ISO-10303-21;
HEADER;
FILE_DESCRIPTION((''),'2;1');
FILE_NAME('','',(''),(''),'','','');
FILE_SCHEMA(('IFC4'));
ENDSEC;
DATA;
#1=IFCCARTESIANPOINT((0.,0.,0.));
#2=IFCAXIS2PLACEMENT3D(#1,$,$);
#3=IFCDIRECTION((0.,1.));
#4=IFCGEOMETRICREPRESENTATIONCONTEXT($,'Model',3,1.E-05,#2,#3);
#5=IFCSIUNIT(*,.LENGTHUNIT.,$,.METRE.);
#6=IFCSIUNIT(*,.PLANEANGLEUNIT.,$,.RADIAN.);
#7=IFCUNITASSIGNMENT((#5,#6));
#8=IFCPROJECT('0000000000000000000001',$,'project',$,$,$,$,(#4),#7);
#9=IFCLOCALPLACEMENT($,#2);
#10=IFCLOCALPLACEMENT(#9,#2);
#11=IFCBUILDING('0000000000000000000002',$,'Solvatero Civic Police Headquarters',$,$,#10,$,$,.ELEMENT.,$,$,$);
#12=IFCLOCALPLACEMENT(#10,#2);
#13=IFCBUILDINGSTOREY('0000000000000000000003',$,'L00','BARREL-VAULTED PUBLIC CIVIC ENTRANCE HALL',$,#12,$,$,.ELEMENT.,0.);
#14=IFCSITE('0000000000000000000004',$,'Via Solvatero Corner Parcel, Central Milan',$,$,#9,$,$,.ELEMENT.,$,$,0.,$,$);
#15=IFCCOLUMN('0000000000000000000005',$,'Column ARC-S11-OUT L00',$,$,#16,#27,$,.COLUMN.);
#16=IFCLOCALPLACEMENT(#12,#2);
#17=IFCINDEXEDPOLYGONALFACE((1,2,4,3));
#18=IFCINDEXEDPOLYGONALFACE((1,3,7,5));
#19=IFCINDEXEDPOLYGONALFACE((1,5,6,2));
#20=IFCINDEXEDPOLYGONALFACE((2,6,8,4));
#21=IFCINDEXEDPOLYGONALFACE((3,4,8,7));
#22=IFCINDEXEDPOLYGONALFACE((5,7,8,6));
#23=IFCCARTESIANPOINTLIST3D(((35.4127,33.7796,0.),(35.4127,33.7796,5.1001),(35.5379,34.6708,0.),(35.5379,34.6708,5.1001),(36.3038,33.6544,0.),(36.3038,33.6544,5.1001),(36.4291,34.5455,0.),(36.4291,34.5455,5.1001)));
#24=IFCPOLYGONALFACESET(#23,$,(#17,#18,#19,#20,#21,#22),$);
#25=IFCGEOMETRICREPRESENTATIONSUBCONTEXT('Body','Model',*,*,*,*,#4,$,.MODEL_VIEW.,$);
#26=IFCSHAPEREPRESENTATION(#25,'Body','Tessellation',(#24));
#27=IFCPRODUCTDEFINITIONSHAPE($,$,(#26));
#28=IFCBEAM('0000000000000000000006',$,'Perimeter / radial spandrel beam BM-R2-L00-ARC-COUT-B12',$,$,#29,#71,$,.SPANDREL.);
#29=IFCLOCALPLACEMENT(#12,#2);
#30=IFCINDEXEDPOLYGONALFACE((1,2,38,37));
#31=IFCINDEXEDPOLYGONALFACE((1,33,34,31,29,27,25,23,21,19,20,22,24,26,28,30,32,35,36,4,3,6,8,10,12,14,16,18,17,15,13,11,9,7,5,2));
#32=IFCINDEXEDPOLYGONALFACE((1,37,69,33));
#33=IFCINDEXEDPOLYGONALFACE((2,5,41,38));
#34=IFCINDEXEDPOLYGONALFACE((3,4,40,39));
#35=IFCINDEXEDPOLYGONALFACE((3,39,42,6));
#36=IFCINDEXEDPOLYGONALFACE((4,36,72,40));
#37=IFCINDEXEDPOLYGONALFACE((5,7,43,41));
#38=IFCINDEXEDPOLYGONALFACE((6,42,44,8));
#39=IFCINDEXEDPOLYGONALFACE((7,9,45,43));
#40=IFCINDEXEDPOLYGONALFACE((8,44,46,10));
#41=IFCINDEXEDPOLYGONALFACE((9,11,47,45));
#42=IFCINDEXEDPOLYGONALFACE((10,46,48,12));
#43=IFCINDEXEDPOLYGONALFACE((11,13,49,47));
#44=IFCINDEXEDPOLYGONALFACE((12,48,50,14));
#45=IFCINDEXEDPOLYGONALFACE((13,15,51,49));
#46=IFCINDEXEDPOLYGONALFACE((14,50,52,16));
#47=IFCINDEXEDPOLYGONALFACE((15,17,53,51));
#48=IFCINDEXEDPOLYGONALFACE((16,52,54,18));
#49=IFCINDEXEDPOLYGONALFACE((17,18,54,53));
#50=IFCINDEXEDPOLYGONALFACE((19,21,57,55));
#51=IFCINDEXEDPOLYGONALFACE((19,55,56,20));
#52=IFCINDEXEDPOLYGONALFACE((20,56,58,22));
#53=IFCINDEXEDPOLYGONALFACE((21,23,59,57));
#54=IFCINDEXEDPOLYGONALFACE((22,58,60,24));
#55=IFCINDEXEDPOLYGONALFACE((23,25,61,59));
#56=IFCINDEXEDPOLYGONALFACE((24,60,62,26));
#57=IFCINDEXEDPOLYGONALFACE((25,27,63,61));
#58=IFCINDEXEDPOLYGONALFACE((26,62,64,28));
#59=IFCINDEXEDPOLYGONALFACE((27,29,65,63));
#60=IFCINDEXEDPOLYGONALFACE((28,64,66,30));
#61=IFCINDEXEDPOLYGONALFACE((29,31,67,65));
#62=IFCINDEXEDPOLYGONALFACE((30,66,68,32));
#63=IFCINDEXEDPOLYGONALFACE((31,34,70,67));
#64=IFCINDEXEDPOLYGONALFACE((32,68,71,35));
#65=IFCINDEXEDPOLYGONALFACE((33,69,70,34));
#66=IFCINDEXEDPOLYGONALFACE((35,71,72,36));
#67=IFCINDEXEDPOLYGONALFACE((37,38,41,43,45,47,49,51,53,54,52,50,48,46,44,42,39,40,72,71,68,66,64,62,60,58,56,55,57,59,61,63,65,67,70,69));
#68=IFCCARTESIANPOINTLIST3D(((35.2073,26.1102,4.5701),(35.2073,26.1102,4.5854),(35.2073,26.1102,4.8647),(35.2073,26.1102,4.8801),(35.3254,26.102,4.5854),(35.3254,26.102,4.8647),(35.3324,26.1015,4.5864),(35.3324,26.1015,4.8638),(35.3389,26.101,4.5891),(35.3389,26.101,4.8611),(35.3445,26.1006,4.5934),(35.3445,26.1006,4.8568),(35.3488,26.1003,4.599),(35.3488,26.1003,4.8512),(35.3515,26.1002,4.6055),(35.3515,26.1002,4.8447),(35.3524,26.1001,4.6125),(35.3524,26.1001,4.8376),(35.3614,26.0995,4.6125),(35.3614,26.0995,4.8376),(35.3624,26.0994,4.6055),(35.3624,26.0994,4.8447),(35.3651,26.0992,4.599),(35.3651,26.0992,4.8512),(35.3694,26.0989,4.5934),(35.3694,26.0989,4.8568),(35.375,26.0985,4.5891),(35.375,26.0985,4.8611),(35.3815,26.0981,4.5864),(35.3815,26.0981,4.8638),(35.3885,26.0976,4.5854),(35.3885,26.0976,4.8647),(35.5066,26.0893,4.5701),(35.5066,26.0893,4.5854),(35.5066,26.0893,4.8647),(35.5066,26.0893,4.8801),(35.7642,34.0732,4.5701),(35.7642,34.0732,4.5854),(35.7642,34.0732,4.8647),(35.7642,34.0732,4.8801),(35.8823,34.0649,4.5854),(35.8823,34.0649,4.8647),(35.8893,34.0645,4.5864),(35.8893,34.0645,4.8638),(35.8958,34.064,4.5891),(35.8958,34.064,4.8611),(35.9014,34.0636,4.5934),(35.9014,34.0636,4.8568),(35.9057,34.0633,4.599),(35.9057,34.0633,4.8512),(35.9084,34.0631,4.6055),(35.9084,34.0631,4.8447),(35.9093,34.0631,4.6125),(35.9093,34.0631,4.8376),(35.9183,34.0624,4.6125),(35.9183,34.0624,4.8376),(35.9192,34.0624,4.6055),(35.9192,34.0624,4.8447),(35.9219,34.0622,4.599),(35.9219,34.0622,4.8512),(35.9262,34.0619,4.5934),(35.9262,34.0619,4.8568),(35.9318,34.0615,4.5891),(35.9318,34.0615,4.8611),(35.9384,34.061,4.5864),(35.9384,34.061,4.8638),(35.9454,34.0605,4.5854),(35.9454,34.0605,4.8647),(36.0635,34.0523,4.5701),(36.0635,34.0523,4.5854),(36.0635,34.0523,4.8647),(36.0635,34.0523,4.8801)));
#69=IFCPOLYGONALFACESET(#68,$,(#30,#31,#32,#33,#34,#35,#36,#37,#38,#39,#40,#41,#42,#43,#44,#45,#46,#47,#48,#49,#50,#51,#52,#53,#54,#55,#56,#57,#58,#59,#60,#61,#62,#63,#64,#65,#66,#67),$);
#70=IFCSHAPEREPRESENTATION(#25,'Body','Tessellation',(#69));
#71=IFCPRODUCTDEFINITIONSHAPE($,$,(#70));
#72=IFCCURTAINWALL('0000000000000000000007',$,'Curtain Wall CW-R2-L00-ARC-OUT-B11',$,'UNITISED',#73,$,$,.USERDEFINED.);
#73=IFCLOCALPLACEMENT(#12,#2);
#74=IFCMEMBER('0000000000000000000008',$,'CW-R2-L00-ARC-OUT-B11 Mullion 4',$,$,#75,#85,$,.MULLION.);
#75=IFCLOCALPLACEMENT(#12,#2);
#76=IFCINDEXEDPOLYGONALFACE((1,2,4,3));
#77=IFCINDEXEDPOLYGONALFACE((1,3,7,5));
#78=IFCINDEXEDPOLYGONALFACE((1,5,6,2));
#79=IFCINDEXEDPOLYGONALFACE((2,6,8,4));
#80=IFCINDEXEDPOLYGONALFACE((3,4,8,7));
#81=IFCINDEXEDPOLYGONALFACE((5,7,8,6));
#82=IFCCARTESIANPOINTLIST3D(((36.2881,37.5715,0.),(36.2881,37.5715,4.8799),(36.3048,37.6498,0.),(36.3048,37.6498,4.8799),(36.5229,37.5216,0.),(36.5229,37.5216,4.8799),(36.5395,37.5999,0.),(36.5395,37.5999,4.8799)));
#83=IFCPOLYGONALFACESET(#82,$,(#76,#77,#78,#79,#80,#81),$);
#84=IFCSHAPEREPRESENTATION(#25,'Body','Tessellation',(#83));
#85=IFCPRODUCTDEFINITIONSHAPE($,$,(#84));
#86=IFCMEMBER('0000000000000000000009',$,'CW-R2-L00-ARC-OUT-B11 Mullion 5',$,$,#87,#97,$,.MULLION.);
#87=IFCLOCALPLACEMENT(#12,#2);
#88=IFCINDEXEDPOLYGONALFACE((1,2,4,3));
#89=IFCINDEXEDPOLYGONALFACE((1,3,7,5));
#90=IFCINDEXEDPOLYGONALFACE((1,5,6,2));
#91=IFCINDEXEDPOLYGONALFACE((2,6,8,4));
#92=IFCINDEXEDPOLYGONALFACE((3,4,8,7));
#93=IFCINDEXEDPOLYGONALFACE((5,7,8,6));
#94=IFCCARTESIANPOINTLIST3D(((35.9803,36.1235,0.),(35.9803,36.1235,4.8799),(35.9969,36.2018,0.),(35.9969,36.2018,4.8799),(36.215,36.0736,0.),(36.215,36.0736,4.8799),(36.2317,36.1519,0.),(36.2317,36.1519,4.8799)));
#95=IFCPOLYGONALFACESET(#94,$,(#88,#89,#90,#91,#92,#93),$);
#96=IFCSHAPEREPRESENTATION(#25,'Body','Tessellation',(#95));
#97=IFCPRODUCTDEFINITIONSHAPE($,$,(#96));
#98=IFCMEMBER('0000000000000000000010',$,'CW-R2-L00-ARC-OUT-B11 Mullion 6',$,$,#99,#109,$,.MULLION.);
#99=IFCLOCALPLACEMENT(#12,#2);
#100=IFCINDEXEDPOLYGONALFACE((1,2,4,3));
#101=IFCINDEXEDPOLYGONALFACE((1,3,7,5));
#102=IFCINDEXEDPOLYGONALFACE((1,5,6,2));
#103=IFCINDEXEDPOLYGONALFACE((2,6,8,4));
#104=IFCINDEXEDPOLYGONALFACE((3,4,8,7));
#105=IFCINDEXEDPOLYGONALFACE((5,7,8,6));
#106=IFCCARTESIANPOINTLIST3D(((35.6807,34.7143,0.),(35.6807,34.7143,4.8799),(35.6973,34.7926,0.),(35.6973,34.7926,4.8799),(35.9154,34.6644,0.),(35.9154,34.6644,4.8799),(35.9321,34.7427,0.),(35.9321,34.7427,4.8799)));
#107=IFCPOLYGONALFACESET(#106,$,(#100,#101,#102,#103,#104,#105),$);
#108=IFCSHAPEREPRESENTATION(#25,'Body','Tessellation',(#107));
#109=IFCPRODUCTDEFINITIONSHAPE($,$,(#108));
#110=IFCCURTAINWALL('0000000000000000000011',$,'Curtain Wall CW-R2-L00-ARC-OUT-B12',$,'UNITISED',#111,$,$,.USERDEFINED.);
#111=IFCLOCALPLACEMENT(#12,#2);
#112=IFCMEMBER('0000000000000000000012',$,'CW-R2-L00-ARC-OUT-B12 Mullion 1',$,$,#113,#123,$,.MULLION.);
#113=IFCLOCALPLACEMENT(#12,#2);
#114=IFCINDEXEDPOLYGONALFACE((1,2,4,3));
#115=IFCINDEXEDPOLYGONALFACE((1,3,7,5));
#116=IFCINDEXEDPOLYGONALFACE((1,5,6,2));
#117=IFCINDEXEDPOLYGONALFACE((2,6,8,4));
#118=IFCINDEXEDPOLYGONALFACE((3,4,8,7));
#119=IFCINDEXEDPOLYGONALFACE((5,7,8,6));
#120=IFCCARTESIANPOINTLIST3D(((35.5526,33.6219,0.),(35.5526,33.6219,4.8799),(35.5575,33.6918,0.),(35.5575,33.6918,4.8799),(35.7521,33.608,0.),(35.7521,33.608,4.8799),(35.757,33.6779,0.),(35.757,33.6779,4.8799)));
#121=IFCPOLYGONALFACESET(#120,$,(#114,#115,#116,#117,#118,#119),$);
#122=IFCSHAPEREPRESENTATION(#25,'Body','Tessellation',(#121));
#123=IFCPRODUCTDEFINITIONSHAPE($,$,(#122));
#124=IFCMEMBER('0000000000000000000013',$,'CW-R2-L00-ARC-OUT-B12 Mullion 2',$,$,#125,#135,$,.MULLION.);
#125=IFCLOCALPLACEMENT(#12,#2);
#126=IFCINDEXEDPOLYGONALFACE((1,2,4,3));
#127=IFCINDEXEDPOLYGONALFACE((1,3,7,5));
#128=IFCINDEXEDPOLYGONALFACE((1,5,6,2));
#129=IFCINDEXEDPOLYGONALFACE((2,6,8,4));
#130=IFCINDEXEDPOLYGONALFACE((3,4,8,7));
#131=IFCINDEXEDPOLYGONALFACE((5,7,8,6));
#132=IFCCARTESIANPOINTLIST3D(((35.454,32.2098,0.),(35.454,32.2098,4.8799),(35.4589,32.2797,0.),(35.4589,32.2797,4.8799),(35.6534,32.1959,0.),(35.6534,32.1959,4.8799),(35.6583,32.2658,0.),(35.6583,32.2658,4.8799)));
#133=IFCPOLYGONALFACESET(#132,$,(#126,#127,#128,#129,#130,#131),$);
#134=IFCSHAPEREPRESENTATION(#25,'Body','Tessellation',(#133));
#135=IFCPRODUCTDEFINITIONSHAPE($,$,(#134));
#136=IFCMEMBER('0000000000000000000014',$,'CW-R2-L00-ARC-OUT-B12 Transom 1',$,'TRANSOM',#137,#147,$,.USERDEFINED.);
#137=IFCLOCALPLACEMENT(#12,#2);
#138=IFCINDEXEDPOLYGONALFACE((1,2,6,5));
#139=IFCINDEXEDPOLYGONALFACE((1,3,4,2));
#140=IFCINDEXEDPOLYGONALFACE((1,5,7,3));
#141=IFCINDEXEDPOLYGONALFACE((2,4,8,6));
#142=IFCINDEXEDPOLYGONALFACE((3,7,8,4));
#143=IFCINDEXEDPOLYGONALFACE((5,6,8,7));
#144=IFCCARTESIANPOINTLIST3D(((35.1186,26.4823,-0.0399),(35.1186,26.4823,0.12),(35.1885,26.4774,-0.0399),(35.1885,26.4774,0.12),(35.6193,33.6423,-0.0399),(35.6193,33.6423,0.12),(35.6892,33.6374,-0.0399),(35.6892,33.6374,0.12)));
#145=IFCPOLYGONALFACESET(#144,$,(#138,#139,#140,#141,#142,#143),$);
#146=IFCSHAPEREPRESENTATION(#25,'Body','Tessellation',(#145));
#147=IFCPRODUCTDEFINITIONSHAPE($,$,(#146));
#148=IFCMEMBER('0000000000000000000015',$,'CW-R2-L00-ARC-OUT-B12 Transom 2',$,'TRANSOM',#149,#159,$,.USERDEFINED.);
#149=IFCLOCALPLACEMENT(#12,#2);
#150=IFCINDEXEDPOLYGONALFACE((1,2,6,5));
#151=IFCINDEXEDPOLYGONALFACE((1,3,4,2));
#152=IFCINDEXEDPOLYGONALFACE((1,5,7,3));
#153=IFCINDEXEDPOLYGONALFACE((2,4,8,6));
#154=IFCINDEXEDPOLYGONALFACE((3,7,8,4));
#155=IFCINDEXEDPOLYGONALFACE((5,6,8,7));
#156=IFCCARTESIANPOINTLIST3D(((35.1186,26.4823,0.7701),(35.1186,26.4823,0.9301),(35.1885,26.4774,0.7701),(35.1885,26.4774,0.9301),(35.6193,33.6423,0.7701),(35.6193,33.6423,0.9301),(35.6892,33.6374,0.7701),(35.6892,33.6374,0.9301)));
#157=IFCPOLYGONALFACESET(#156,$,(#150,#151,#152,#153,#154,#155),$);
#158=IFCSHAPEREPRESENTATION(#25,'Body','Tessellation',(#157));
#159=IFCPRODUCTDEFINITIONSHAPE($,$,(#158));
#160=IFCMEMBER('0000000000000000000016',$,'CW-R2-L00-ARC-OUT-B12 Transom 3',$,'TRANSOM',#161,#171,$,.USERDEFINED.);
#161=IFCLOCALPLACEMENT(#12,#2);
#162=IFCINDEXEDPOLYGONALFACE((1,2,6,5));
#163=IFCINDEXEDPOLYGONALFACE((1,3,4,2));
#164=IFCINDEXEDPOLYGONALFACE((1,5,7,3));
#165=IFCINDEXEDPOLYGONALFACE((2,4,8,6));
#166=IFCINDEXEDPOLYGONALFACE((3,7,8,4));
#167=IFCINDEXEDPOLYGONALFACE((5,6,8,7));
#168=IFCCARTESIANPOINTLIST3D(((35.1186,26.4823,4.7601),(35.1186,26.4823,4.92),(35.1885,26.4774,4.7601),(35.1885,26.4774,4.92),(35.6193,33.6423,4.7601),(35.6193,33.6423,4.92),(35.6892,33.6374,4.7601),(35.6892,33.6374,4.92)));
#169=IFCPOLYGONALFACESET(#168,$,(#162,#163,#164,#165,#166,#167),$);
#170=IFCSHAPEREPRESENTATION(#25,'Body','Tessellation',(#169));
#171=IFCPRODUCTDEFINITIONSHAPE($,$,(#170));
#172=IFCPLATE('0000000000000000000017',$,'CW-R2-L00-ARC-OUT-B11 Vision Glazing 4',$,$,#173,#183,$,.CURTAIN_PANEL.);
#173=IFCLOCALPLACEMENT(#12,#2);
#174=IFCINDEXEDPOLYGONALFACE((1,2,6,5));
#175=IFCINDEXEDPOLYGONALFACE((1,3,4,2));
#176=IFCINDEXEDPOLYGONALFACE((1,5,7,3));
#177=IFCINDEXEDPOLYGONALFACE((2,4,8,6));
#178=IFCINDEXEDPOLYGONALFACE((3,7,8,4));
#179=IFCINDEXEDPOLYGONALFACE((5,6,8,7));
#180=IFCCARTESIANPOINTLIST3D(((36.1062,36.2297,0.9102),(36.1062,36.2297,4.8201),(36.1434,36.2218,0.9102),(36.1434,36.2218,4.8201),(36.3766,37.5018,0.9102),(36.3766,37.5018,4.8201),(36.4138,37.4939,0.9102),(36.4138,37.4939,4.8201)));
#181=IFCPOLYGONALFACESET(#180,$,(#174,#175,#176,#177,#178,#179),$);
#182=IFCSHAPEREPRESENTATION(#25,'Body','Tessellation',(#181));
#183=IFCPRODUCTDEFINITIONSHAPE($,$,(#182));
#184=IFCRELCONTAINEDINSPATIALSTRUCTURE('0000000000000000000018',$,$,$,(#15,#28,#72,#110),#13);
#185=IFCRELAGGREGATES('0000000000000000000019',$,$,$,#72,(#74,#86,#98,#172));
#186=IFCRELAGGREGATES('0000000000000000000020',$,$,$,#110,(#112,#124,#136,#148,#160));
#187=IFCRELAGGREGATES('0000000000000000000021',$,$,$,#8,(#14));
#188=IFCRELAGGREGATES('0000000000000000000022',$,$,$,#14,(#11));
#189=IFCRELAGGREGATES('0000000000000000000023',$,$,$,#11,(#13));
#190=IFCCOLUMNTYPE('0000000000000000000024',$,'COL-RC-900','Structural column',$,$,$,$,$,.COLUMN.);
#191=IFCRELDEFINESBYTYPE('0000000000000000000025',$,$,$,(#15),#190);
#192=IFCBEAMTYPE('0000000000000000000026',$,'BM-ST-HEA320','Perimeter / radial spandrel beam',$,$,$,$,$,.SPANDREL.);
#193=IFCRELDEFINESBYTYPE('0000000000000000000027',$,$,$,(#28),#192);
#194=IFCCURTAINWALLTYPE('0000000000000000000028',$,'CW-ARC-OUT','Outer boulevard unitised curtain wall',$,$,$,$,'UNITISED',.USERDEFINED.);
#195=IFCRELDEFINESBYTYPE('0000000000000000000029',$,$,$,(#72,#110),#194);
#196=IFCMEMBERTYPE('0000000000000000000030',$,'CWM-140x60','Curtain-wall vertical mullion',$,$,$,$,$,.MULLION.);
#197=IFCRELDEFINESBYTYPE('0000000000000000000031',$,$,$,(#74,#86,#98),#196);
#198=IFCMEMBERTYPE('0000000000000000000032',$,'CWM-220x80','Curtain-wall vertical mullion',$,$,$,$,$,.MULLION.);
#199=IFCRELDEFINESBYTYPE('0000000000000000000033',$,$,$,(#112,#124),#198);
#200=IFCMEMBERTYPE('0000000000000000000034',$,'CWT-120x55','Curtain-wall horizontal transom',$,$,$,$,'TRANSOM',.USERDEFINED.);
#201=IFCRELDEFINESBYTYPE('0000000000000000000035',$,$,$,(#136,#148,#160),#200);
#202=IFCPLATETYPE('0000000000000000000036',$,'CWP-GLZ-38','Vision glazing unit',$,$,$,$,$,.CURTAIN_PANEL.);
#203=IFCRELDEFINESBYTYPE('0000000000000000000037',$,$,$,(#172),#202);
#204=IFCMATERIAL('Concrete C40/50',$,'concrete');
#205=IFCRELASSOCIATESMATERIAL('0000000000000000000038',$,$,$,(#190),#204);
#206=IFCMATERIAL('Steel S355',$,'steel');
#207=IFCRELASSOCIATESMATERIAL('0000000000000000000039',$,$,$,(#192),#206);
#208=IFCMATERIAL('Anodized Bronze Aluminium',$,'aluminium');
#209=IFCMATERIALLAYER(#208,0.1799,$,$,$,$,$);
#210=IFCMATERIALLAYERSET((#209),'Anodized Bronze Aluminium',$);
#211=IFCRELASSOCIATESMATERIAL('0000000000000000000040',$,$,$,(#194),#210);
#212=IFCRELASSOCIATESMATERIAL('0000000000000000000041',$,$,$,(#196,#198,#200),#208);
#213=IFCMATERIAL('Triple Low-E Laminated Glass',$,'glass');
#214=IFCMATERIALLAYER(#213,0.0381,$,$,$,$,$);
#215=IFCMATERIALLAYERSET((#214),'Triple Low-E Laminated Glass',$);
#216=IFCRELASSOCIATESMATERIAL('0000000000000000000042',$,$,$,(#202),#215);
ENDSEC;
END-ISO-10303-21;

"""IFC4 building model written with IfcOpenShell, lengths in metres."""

from ifc_helpers import new_model, si_unit, direction, frame, origin, origin_2d, place, context, subcontext, project, spatial, rectangle, i_section, extrude, material, layer, layer_set, material_profile, profile_set, type_object, element, aggregate, save


model = new_model("IFC4")

# Units and contexts
model_context = context("Model", 3, precision=1e-05, world=origin(), true_north=direction((0.0, 1.0)))
body_context = subcontext(model_context, "Body", "Model", "MODEL_VIEW")
ifc_project = project(units=[si_unit("LENGTHUNIT", "METRE"), si_unit("PLANEANGLEUNIT", "RADIAN")], contexts=[model_context])

# Site, building, storey
site_placement = place(None, origin())
site = spatial("IfcSite", under=ifc_project, at=site_placement, Name="Via Solvatero Corner Parcel, Central Milan", CompositionType="ELEMENT", RefElevation=0.0)
building_placement = place(site_placement, origin())
building = spatial("IfcBuilding", under=site, at=building_placement, Name="Solvatero Civic Police Headquarters", CompositionType="ELEMENT")
storey_placement = place(building_placement, origin())
storey = spatial("IfcBuildingStorey", under=building, at=storey_placement, Name="L00", Description="BARREL-VAULTED PUBLIC CIVIC ENTRANCE HALL", CompositionType="ELEMENT", Elevation=0.0)

# Column
ifc_material_1 = material(Name="Concrete C40/50", Category="concrete")
ifc_material_profile_1 = material_profile(ifc_material_1, rectangle(XDim=0.8999, YDim=0.8999, at=origin_2d()), Name="RC 900x900")
ifc_profile_set_1 = profile_set([ifc_material_profile_1], Name="Concrete C40/50")
column_type = type_object("IfcColumnType", Name="COL-RC-900", Description="Structural column", PredefinedType="COLUMN", material=ifc_profile_set_1)
column_placement = place(storey_placement, frame((35.9209, 34.1626, 0.0), z_axis=(0.0, 0.0, 1.0), x_axis=(0.139173, 0.990268, 0.0)))
element("IfcColumn", 1, at=column_placement, inside=storey, type_object=column_type, Name="Column ARC-S11-OUT L00", PredefinedType="COLUMN", context=body_context, shape_type="SweptSolid", body=[
    extrude(rectangle(XDim=0.8999, YDim=0.8999, at=origin_2d()), origin(), (0.0, 0.0, 1.0), 5.1001),
])

# Beam
ifc_material_2 = material(Name="Steel S355", Category="steel")
ifc_material_profile_2 = material_profile(ifc_material_2, i_section(OverallWidth=0.3, OverallDepth=0.3101, WebThickness=0.009, FlangeThickness=0.0154, FilletRadius=0.0271, at=origin_2d()), Name="HEA 320")
ifc_profile_set_2 = profile_set([ifc_material_profile_2], Name="Steel S355")
beam_type = type_object("IfcBeamType", Name="BM-ST-HEA320", Description="Perimeter / radial spandrel beam", PredefinedType="SPANDREL", material=ifc_profile_set_2)
beam_placement = place(storey_placement, frame((35.9138, 34.0627, 4.7251), z_axis=(-0.069765, -0.997563, 0.0), x_axis=(0.997563, -0.069765, 0.0)))
element("IfcBeam", 2, at=beam_placement, inside=storey, type_object=beam_type, Name="Perimeter / radial spandrel beam BM-R2-L00-ARC-COUT-B12", PredefinedType="SPANDREL", context=body_context, shape_type="SweptSolid", body=[
    extrude(i_section(OverallWidth=0.3, OverallDepth=0.3101, WebThickness=0.009, FlangeThickness=0.0154, FilletRadius=0.0271, at=origin_2d()), origin(), (0.0, 0.0, 1.0), 7.9824),
])

# Curtain walls, members
ifc_material_3 = material(Name="Anodized Bronze Aluminium", Category="aluminium")
ifc_layer_1 = layer(ifc_material_3, 0.1799)
ifc_layer_set_1 = layer_set([ifc_layer_1], Name="Anodized Bronze Aluminium")
curtain_wall_type = type_object("IfcCurtainWallType", Name="CW-ARC-OUT", Description="Outer boulevard unitised curtain wall", ElementType="UNITISED", PredefinedType="USERDEFINED", material=ifc_layer_set_1)
curtain_wall_1_placement = place(storey_placement, origin())
curtain_wall_1 = element("IfcCurtainWall", 3, at=curtain_wall_1_placement, inside=storey, type_object=curtain_wall_type, Name="Curtain Wall CW-R2-L00-ARC-OUT-B11", ObjectType="UNITISED", PredefinedType="USERDEFINED")
ifc_material_profile_3 = material_profile(ifc_material_3, rectangle(XDim=0.0801, YDim=0.24, at=origin_2d()), Name="ALU MULLION 80x240")
ifc_profile_set_3 = profile_set([ifc_material_profile_3], Name="Anodized Bronze Aluminium")
member_type_1 = type_object("IfcMemberType", Name="CWM-140x60", Description="Curtain-wall vertical mullion", PredefinedType="MULLION", material=ifc_profile_set_3)
member_1_placement = place(storey_placement, frame((36.4138, 37.5857, 0.0), z_axis=(0.0, 0.0, 1.0), x_axis=(-0.207912, -0.978148, 0.0)))
member_1 = element("IfcMember", 4, at=member_1_placement, type_object=member_type_1, Name="CW-R2-L00-ARC-OUT-B11 Mullion 4", PredefinedType="MULLION", context=body_context, shape_type="SweptSolid", body=[
    extrude(rectangle(XDim=0.0801, YDim=0.24, at=origin_2d()), origin(), (0.0, 0.0, 1.0), 4.8799),
])
member_2_placement = place(storey_placement, frame((36.106, 36.1377, 0.0), z_axis=(0.0, 0.0, 1.0), x_axis=(-0.207912, -0.978148, 0.0)))
member_2 = element("IfcMember", 5, at=member_2_placement, type_object=member_type_1, Name="CW-R2-L00-ARC-OUT-B11 Mullion 5", PredefinedType="MULLION", context=body_context, shape_type="SweptSolid", body=[
    extrude(rectangle(XDim=0.0801, YDim=0.24, at=origin_2d()), origin(), (0.0, 0.0, 1.0), 4.8799),
])
member_3_placement = place(storey_placement, frame((35.8064, 34.7285, 0.0), z_axis=(0.0, 0.0, 1.0), x_axis=(-0.207912, -0.978148, 0.0)))
member_3 = element("IfcMember", 6, at=member_3_placement, type_object=member_type_1, Name="CW-R2-L00-ARC-OUT-B11 Mullion 6", PredefinedType="MULLION", context=body_context, shape_type="SweptSolid", body=[
    extrude(rectangle(XDim=0.0801, YDim=0.24, at=origin_2d()), origin(), (0.0, 0.0, 1.0), 4.8799),
])
curtain_wall_2_placement = place(storey_placement, origin())
curtain_wall_2 = element("IfcCurtainWall", 7, at=curtain_wall_2_placement, inside=storey, type_object=curtain_wall_type, Name="Curtain Wall CW-R2-L00-ARC-OUT-B12", ObjectType="UNITISED", PredefinedType="USERDEFINED")
ifc_material_profile_4 = material_profile(ifc_material_3, rectangle(XDim=0.0701, YDim=0.2, at=origin_2d()), Name="ALU MULLION 70x200")
ifc_profile_set_4 = profile_set([ifc_material_profile_4], Name="Anodized Bronze Aluminium")
member_type_2 = type_object("IfcMemberType", Name="CWM-220x80", Description="Curtain-wall vertical mullion", PredefinedType="MULLION", material=ifc_profile_set_4)
member_4_placement = place(storey_placement, frame((35.6548, 33.6499, 0.0), z_axis=(0.0, 0.0, 1.0), x_axis=(-0.069756, -0.997564, 0.0)))
member_4 = element("IfcMember", 8, at=member_4_placement, type_object=member_type_2, Name="CW-R2-L00-ARC-OUT-B12 Mullion 1", PredefinedType="MULLION", context=body_context, shape_type="SweptSolid", body=[
    extrude(rectangle(XDim=0.0701, YDim=0.2, at=origin_2d()), origin(), (0.0, 0.0, 1.0), 4.8799),
])
member_5_placement = place(storey_placement, frame((35.5562, 32.2378, 0.0), z_axis=(0.0, 0.0, 1.0), x_axis=(-0.069756, -0.997564, 0.0)))
member_5 = element("IfcMember", 9, at=member_5_placement, type_object=member_type_2, Name="CW-R2-L00-ARC-OUT-B12 Mullion 2", PredefinedType="MULLION", context=body_context, shape_type="SweptSolid", body=[
    extrude(rectangle(XDim=0.0701, YDim=0.2, at=origin_2d()), origin(), (0.0, 0.0, 1.0), 4.8799),
])
ifc_material_profile_5 = material_profile(ifc_material_3, rectangle(XDim=0.0701, YDim=0.1599, at=origin_2d()), Name="ALU TRANSOM 70x160")
ifc_profile_set_5 = profile_set([ifc_material_profile_5], Name="Anodized Bronze Aluminium")
member_type_3 = type_object("IfcMemberType", Name="CWT-120x55", Description="Curtain-wall horizontal transom", ElementType="TRANSOM", PredefinedType="USERDEFINED", material=ifc_profile_set_5)
member_6_placement = place(storey_placement, frame((35.6543, 33.6399, 0.04), z_axis=(-0.069765, -0.997563, 0.0), x_axis=(0.997563, -0.069765, 0.0)))
member_6 = element("IfcMember", 10, at=member_6_placement, type_object=member_type_3, Name="CW-R2-L00-ARC-OUT-B12 Transom 1", ObjectType="TRANSOM", PredefinedType="USERDEFINED", context=body_context, shape_type="SweptSolid", body=[
    extrude(rectangle(XDim=0.0701, YDim=0.1599, at=origin_2d()), origin(), (0.0, 0.0, 1.0), 7.1775),
])
member_7_placement = place(storey_placement, frame((35.6543, 33.6399, 0.8501), z_axis=(-0.069765, -0.997563, 0.0), x_axis=(0.997563, -0.069765, 0.0)))
member_7 = element("IfcMember", 11, at=member_7_placement, type_object=member_type_3, Name="CW-R2-L00-ARC-OUT-B12 Transom 2", ObjectType="TRANSOM", PredefinedType="USERDEFINED", context=body_context, shape_type="SweptSolid", body=[
    extrude(rectangle(XDim=0.0701, YDim=0.1599, at=origin_2d()), origin(), (0.0, 0.0, 1.0), 7.1775),
])
member_8_placement = place(storey_placement, frame((35.6543, 33.6399, 4.8401), z_axis=(-0.069765, -0.997563, 0.0), x_axis=(0.997563, -0.069765, 0.0)))
member_8 = element("IfcMember", 12, at=member_8_placement, type_object=member_type_3, Name="CW-R2-L00-ARC-OUT-B12 Transom 3", ObjectType="TRANSOM", PredefinedType="USERDEFINED", context=body_context, shape_type="SweptSolid", body=[
    extrude(rectangle(XDim=0.0701, YDim=0.1599, at=origin_2d()), origin(), (0.0, 0.0, 1.0), 7.1775),
])

# Plate
ifc_material_4 = material(Name="Triple Low-E Laminated Glass", Category="glass")
ifc_layer_2 = layer(ifc_material_4, 0.0381)
ifc_layer_set_2 = layer_set([ifc_layer_2], Name="Triple Low-E Laminated Glass")
plate_type_1 = type_object("IfcPlateType", Name="CWP-GLZ-38", Description="Vision glazing unit", PredefinedType="CURTAIN_PANEL", material=ifc_layer_set_2)
plate_1_placement = place(storey_placement, frame((36.26, 36.8618, 0.9102), z_axis=(0.0, 0.0, 1.0), x_axis=(-0.207912, -0.978148, 0.0)))
plate_1 = element("IfcPlate", 13, at=plate_1_placement, type_object=plate_type_1, Name="CW-R2-L00-ARC-OUT-B11 Vision Glazing 4", PredefinedType="CURTAIN_PANEL", context=body_context, shape_type="SweptSolid", body=[
    extrude(rectangle(XDim=1.3005, YDim=0.0381, at=origin_2d()), origin(), (0.0, 0.0, 1.0), 3.9099),
])
aggregate(curtain_wall_1, [member_1, member_2, member_3, plate_1])
aggregate(curtain_wall_2, [member_4, member_5, member_6, member_7, member_8])

save(model, "model.ifc")
